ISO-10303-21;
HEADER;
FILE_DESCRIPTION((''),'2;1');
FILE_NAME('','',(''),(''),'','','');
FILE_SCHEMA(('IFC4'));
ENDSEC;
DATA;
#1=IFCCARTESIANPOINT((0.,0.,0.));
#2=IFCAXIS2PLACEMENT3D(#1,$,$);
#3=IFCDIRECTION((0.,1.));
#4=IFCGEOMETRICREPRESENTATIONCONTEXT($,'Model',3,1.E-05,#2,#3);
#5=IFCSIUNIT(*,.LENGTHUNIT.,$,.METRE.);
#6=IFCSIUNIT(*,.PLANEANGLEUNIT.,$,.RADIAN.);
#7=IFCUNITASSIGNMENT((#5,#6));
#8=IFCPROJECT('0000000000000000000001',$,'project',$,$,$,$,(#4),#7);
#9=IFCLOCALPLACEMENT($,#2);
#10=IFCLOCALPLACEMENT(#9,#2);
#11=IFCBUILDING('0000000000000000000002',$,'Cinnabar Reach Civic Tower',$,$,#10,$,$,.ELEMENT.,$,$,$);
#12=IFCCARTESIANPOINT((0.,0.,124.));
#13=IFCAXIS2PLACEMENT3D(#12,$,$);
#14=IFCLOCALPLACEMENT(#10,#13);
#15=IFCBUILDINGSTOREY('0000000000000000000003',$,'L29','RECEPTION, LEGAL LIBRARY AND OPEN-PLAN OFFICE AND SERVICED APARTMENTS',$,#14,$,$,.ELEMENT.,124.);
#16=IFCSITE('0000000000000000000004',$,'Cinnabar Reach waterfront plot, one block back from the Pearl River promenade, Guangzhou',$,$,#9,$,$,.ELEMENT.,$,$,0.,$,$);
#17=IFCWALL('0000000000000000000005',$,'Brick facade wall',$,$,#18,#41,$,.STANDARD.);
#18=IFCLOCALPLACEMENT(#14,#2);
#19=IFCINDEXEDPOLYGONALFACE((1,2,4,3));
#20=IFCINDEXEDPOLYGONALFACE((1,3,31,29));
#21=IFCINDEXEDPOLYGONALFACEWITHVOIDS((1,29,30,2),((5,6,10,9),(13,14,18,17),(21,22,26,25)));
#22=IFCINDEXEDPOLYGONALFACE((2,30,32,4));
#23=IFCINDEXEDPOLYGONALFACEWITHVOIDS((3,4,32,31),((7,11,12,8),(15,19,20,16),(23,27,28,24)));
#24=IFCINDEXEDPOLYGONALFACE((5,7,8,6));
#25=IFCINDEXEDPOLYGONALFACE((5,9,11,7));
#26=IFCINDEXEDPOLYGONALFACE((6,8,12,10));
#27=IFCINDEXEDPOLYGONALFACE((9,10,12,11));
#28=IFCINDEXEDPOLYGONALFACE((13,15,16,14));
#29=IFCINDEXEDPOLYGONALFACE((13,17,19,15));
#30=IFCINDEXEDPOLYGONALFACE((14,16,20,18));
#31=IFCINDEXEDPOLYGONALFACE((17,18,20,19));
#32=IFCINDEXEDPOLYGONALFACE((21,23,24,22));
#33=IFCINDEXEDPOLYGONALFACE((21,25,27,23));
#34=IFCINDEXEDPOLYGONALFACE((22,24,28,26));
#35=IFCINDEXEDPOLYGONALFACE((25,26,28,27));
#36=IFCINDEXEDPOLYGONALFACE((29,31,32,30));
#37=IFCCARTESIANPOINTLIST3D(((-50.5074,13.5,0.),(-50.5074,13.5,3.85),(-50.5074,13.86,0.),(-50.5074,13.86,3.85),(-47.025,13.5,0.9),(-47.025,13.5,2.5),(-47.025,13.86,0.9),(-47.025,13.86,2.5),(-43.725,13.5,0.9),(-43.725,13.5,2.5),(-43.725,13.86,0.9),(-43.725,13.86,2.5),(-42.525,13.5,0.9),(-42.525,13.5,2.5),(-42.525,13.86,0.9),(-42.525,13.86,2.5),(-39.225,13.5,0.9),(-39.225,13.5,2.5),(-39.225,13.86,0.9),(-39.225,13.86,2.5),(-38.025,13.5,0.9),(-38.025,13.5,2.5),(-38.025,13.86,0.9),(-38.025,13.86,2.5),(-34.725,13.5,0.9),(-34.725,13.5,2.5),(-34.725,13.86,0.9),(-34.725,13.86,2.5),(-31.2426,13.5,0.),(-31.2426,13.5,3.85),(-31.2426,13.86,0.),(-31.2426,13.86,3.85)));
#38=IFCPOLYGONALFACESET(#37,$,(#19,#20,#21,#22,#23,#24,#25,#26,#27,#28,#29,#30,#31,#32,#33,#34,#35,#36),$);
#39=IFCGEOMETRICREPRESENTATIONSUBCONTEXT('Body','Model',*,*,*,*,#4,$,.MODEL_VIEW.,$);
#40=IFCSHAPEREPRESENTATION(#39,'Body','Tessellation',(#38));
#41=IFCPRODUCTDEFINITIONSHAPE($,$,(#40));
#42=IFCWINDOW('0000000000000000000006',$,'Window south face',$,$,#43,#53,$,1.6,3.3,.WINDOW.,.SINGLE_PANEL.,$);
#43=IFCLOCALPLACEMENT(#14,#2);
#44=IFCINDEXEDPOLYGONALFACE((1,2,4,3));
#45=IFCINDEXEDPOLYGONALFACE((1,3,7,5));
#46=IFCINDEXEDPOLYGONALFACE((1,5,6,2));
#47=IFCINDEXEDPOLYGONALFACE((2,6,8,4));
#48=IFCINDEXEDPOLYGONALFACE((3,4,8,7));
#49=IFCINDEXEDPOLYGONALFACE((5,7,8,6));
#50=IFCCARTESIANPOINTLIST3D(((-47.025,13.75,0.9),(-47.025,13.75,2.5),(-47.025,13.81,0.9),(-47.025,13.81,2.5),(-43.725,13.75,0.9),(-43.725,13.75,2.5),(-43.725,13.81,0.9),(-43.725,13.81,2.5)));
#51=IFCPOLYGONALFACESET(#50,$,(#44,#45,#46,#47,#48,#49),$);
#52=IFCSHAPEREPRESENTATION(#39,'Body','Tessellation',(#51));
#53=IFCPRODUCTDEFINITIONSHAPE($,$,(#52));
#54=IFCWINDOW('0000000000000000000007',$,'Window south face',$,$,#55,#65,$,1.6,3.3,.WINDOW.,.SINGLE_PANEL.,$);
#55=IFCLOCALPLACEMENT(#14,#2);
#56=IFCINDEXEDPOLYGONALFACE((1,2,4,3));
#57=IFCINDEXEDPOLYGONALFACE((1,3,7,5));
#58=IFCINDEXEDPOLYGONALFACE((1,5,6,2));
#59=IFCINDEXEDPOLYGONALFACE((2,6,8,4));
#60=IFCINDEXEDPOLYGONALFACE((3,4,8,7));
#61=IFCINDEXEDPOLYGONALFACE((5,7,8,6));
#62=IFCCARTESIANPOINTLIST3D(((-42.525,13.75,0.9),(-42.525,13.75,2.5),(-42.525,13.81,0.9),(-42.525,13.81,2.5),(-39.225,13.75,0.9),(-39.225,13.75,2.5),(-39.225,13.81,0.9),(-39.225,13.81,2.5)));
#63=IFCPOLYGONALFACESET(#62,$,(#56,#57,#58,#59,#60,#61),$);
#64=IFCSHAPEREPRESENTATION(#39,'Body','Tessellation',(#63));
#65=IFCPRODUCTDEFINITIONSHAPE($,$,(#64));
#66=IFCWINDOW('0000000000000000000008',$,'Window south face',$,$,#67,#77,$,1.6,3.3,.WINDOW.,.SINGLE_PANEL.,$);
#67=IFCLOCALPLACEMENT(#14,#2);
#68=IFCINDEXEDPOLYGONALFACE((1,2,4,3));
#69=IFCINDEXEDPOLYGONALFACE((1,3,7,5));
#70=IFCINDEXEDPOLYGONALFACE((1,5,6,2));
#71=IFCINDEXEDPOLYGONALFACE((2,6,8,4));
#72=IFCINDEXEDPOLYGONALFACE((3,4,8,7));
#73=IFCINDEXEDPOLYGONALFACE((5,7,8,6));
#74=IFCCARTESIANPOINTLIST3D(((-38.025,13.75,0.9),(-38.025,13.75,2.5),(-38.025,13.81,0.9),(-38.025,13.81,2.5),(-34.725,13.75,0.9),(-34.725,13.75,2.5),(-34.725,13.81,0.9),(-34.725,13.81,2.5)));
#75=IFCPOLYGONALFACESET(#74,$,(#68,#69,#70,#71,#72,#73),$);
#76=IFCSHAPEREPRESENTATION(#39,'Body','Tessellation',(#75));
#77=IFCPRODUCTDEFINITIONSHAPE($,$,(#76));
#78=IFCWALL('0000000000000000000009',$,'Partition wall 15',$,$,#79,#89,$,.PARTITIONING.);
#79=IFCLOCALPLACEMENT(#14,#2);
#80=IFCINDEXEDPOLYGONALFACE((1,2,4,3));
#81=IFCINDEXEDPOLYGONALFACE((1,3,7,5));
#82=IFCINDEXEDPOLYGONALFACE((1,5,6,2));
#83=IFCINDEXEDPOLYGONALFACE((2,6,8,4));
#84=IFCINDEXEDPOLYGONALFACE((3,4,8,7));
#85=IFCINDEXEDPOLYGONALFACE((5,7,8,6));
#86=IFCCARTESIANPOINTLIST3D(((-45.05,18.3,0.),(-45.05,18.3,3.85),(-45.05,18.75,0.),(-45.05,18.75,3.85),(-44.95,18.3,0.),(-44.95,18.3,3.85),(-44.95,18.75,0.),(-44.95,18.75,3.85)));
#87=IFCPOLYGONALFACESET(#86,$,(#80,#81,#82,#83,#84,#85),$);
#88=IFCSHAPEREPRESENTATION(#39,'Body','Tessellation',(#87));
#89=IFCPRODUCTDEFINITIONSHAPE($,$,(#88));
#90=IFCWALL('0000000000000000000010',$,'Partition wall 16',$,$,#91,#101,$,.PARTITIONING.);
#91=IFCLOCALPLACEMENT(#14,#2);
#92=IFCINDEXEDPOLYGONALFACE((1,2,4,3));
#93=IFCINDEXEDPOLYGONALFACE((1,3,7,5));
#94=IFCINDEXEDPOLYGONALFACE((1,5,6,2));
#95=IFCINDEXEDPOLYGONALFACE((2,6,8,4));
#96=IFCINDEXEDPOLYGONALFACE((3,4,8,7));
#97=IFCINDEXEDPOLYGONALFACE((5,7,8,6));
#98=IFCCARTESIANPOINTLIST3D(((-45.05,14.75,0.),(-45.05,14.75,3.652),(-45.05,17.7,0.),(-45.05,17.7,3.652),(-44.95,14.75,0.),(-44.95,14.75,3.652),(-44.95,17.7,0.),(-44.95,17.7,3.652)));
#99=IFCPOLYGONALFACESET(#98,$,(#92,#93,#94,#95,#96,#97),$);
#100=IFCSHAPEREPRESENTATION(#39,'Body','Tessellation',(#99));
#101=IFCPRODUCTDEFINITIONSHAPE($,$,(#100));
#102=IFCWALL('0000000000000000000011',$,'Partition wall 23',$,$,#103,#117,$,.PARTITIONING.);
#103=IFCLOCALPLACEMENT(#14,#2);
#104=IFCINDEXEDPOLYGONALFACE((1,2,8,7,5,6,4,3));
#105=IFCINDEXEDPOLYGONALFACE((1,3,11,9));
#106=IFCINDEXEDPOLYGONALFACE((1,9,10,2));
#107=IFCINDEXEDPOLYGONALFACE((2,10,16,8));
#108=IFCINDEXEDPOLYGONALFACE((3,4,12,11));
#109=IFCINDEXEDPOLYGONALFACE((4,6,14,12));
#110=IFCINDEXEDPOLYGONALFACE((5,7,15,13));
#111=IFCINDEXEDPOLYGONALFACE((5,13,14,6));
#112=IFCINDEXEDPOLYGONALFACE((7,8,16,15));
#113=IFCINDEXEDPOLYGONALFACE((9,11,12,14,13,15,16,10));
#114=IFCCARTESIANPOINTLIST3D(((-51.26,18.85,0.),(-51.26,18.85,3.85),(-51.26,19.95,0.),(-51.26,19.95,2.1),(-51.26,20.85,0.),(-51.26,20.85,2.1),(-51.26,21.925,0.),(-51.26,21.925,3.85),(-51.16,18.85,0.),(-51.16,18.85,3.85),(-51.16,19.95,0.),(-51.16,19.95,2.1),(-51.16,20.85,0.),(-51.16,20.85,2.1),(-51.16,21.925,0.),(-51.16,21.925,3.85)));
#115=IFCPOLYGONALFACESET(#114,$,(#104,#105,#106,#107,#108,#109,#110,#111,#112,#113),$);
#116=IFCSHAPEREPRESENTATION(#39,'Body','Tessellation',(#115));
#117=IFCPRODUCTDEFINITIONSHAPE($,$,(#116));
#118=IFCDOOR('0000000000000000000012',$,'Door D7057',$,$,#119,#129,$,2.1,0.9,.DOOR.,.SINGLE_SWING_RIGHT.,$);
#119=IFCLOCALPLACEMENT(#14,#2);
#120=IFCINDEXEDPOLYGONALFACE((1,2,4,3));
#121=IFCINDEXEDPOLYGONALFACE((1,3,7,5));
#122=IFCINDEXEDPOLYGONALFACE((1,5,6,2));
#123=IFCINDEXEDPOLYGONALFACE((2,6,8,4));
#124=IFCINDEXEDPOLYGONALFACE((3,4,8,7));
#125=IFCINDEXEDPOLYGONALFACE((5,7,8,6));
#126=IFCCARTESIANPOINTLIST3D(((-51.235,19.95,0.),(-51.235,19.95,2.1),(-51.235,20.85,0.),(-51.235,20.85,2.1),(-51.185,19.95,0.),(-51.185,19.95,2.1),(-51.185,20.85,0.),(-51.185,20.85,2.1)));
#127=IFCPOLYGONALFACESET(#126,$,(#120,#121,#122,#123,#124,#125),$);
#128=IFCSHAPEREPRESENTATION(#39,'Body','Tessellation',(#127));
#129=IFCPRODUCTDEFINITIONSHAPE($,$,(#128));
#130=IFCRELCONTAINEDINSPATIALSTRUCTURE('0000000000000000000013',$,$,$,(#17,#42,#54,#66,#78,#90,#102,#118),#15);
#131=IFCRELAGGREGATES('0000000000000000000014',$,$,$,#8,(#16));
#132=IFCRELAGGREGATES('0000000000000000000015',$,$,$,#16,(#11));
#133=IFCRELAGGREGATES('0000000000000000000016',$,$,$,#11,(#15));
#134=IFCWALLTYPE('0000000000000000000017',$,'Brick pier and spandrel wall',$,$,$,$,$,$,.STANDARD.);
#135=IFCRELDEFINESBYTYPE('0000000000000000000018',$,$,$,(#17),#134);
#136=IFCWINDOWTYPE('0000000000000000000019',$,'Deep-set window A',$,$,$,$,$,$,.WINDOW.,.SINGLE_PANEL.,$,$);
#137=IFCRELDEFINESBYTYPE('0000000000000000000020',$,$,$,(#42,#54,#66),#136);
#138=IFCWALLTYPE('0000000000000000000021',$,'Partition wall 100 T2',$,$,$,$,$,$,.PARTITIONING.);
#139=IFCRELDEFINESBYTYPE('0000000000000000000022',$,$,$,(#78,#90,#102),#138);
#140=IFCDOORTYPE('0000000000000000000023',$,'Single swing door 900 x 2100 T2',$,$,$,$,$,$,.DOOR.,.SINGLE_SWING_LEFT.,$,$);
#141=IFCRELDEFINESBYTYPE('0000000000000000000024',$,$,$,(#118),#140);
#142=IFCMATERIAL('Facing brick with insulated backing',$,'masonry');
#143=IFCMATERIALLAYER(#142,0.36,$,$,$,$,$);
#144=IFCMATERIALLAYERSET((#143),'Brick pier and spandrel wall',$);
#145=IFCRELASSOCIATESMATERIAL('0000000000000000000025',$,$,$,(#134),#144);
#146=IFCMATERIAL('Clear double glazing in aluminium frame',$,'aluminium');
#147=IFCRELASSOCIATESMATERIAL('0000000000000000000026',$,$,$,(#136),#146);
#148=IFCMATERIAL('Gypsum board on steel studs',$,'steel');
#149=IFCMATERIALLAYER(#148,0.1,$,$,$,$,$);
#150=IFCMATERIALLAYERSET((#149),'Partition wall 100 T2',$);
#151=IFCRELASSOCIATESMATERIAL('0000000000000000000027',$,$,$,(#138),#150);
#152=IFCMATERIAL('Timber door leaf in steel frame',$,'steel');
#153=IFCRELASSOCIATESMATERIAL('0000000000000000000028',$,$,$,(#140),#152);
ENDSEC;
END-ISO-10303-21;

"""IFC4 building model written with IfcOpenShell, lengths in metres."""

from ifc_helpers import new_model, si_unit, direction, frame, frame_2d, origin, place, context, subcontext, project, spatial, rectangle, extrude, material, layer, layer_set, type_object, element, fill, save


model = new_model("IFC4")

# Units and contexts
model_context = context("Model", 3, precision=1e-05, world=origin(), true_north=direction((0.0, 1.0)))
body_context = subcontext(model_context, "Body", "Model", "MODEL_VIEW")
ifc_project = project(units=[si_unit("LENGTHUNIT", "METRE"), si_unit("PLANEANGLEUNIT", "RADIAN")], contexts=[model_context])

# Site, building, storey
site_placement = place(None, origin())
site = spatial("IfcSite", under=ifc_project, at=site_placement, Name="Cinnabar Reach waterfront plot, one block back from the Pearl River promenade, Guangzhou", CompositionType="ELEMENT", RefElevation=0.0)
building_placement = place(site_placement, origin())
building = spatial("IfcBuilding", under=site, at=building_placement, Name="Cinnabar Reach Civic Tower", CompositionType="ELEMENT")
storey_placement = place(building_placement, frame((0.0, 0.0, 124.0)))
storey = spatial("IfcBuildingStorey", under=building, at=storey_placement, Name="L29", Description="RECEPTION, LEGAL LIBRARY AND OPEN-PLAN OFFICE AND SERVICED APARTMENTS", CompositionType="ELEMENT", Elevation=124.0)

# Shared definitions
ifc_material_1 = material(Name="Facing brick with insulated backing", Category="masonry")

# Wall, openings, windows
ifc_layer_1 = layer(ifc_material_1, 0.36)
ifc_layer_set_1 = layer_set([ifc_layer_1], Name="Brick pier and spandrel wall")
wall_type_1 = type_object("IfcWallType", Name="Brick pier and spandrel wall", PredefinedType="STANDARD", material=ifc_layer_set_1)
wall_1_placement = place(storey_placement, frame((-50.5074, 13.68, 0.0), z_axis=(0.0, 0.0, 1.0), x_axis=(1.0, 0.0, 0.0)))
wall_1 = element("IfcWall", 1, at=wall_1_placement, inside=storey, type_object=wall_type_1, Name="Brick facade wall", PredefinedType="STANDARD", context=body_context, shape_type="SweptSolid", body=[
    extrude(rectangle(XDim=19.2648, YDim=0.36, at=frame_2d((9.6324, 0.0))), origin(), (0.0, 0.0, 1.0), 3.85),
])
opening_1_placement = place(wall_1_placement, frame((3.4824, 0.0, 0.9)))
opening_1 = element("IfcOpeningElement", 2, at=opening_1_placement, cuts=wall_1, PredefinedType="OPENING", context=body_context, shape_type="SweptSolid", body=[
    extrude(rectangle(XDim=3.3, YDim=1.6, at=frame_2d((1.65, 0.8))), frame((0.0, 0.19, 0.0), z_axis=(0.0, -1.0, 0.0), x_axis=(1.0, 0.0, 0.0)), (0.0, 0.0, 1.0), 0.38),
])
opening_2_placement = place(wall_1_placement, frame((7.9824, 0.0, 0.9)))
opening_2 = element("IfcOpeningElement", 3, at=opening_2_placement, cuts=wall_1, PredefinedType="OPENING", context=body_context, shape_type="SweptSolid", body=[
    extrude(rectangle(XDim=3.3, YDim=1.6, at=frame_2d((1.65, 0.8))), frame((0.0, 0.19, 0.0), z_axis=(0.0, -1.0, 0.0), x_axis=(1.0, 0.0, 0.0)), (0.0, 0.0, 1.0), 0.38),
])
opening_3_placement = place(wall_1_placement, frame((12.4824, 0.0, 0.9)))
opening_3 = element("IfcOpeningElement", 4, at=opening_3_placement, cuts=wall_1, PredefinedType="OPENING", context=body_context, shape_type="SweptSolid", body=[
    extrude(rectangle(XDim=3.3, YDim=1.6, at=frame_2d((1.65, 0.8))), frame((0.0, 0.19, 0.0), z_axis=(0.0, -1.0, 0.0), x_axis=(1.0, 0.0, 0.0)), (0.0, 0.0, 1.0), 0.38),
])
ifc_material_2 = material(Name="Clear double glazing in aluminium frame", Category="aluminium")
window_type = type_object("IfcWindowType", Name="Deep-set window A", PartitioningType="SINGLE_PANEL", PredefinedType="WINDOW", material=ifc_material_2)
window_1_placement = place(opening_1_placement, origin())
window_1 = element("IfcWindow", 5, at=window_1_placement, inside=storey, type_object=window_type, Name="Window south face", OverallHeight=1.6, OverallWidth=3.3, PartitioningType="SINGLE_PANEL", PredefinedType="WINDOW", context=body_context, shape_type="SweptSolid", body=[
    extrude(rectangle(XDim=3.3, YDim=1.6, at=frame_2d((1.65, 0.8))), frame((0.0, 0.13, 0.0), z_axis=(0.0, -1.0, 0.0), x_axis=(1.0, 0.0, 0.0)), (0.0, 0.0, 1.0), 0.06),
])
fill(opening_1, window_1)
window_2_placement = place(opening_2_placement, origin())
window_2 = element("IfcWindow", 6, at=window_2_placement, inside=storey, type_object=window_type, Name="Window south face", OverallHeight=1.6, OverallWidth=3.3, PartitioningType="SINGLE_PANEL", PredefinedType="WINDOW", context=body_context, shape_type="SweptSolid", body=[
    extrude(rectangle(XDim=3.3, YDim=1.6, at=frame_2d((1.65, 0.8))), frame((0.0, 0.13, 0.0), z_axis=(0.0, -1.0, 0.0), x_axis=(1.0, 0.0, 0.0)), (0.0, 0.0, 1.0), 0.06),
])
fill(opening_2, window_2)
window_3_placement = place(opening_3_placement, origin())
window_3 = element("IfcWindow", 7, at=window_3_placement, inside=storey, type_object=window_type, Name="Window south face", OverallHeight=1.6, OverallWidth=3.3, PartitioningType="SINGLE_PANEL", PredefinedType="WINDOW", context=body_context, shape_type="SweptSolid", body=[
    extrude(rectangle(XDim=3.3, YDim=1.6, at=frame_2d((1.65, 0.8))), frame((0.0, 0.13, 0.0), z_axis=(0.0, -1.0, 0.0), x_axis=(1.0, 0.0, 0.0)), (0.0, 0.0, 1.0), 0.06),
])
fill(opening_3, window_3)

# Walls
ifc_material_3 = material(Name="Gypsum board on steel studs", Category="steel")
ifc_layer_2 = layer(ifc_material_3, 0.1)
ifc_layer_set_2 = layer_set([ifc_layer_2], Name="Partition wall 100 T2")
wall_type_2 = type_object("IfcWallType", Name="Partition wall 100 T2", PredefinedType="PARTITIONING", material=ifc_layer_set_2)
wall_2_placement = place(storey_placement, frame((-45.0, 18.3, 0.0), z_axis=(0.0, 0.0, 1.0), x_axis=(0.0, 1.0, 0.0)))
element("IfcWall", 8, at=wall_2_placement, inside=storey, type_object=wall_type_2, Name="Partition wall 15", PredefinedType="PARTITIONING", context=body_context, shape_type="SweptSolid", body=[
    extrude(rectangle(XDim=0.45, YDim=0.1, at=frame_2d((0.225, 0.0))), origin(), (0.0, 0.0, 1.0), 3.85),
])
wall_3_placement = place(storey_placement, frame((-45.0, 14.75, 0.0), z_axis=(0.0, 0.0, 1.0), x_axis=(0.0, 1.0, 0.0)))
element("IfcWall", 9, at=wall_3_placement, inside=storey, type_object=wall_type_2, Name="Partition wall 16", PredefinedType="PARTITIONING", context=body_context, shape_type="SweptSolid", body=[
    extrude(rectangle(XDim=2.95, YDim=0.1, at=frame_2d((1.475, 0.0))), origin(), (0.0, 0.0, 1.0), 3.652),
])

# Wall, opening, door
wall_4_placement = place(storey_placement, frame((-51.21, 18.85, 0.0), z_axis=(0.0, 0.0, 1.0), x_axis=(0.0, 1.0, 0.0)))
wall_4 = element("IfcWall", 10, at=wall_4_placement, inside=storey, type_object=wall_type_2, Name="Partition wall 23", PredefinedType="PARTITIONING", context=body_context, shape_type="SweptSolid", body=[
    extrude(rectangle(XDim=3.075, YDim=0.1, at=frame_2d((1.5375, 0.0))), origin(), (0.0, 0.0, 1.0), 3.85),
])
opening_4_placement = place(wall_4_placement, frame((1.1, 0.0, 0.0)))
opening_4 = element("IfcOpeningElement", 11, at=opening_4_placement, cuts=wall_4, PredefinedType="OPENING", context=body_context, shape_type="SweptSolid", body=[
    extrude(rectangle(XDim=0.9, YDim=2.1, at=frame_2d((0.45, 1.05))), frame((0.0, 0.06, 0.0), z_axis=(0.0, -1.0, 0.0), x_axis=(1.0, 0.0, 0.0)), (0.0, 0.0, 1.0), 0.12),
])
ifc_material_4 = material(Name="Timber door leaf in steel frame", Category="steel")
door_type = type_object("IfcDoorType", Name="Single swing door 900 x 2100 T2", OperationType="SINGLE_SWING_LEFT", PredefinedType="DOOR", material=ifc_material_4)
door_placement = place(opening_4_placement, origin())
door = element("IfcDoor", 12, at=door_placement, inside=storey, type_object=door_type, Name="Door D7057", OperationType="SINGLE_SWING_RIGHT", OverallHeight=2.1, OverallWidth=0.9, PredefinedType="DOOR", context=body_context, shape_type="SweptSolid", body=[
    extrude(rectangle(XDim=0.9, YDim=2.1, at=frame_2d((0.45, 1.05))), frame((0.0, 0.025, 0.0), z_axis=(0.0, -1.0, 0.0), x_axis=(1.0, 0.0, 0.0)), (0.0, 0.0, 1.0), 0.05),
])
fill(opening_4, door)

save(model, "model.ifc")
